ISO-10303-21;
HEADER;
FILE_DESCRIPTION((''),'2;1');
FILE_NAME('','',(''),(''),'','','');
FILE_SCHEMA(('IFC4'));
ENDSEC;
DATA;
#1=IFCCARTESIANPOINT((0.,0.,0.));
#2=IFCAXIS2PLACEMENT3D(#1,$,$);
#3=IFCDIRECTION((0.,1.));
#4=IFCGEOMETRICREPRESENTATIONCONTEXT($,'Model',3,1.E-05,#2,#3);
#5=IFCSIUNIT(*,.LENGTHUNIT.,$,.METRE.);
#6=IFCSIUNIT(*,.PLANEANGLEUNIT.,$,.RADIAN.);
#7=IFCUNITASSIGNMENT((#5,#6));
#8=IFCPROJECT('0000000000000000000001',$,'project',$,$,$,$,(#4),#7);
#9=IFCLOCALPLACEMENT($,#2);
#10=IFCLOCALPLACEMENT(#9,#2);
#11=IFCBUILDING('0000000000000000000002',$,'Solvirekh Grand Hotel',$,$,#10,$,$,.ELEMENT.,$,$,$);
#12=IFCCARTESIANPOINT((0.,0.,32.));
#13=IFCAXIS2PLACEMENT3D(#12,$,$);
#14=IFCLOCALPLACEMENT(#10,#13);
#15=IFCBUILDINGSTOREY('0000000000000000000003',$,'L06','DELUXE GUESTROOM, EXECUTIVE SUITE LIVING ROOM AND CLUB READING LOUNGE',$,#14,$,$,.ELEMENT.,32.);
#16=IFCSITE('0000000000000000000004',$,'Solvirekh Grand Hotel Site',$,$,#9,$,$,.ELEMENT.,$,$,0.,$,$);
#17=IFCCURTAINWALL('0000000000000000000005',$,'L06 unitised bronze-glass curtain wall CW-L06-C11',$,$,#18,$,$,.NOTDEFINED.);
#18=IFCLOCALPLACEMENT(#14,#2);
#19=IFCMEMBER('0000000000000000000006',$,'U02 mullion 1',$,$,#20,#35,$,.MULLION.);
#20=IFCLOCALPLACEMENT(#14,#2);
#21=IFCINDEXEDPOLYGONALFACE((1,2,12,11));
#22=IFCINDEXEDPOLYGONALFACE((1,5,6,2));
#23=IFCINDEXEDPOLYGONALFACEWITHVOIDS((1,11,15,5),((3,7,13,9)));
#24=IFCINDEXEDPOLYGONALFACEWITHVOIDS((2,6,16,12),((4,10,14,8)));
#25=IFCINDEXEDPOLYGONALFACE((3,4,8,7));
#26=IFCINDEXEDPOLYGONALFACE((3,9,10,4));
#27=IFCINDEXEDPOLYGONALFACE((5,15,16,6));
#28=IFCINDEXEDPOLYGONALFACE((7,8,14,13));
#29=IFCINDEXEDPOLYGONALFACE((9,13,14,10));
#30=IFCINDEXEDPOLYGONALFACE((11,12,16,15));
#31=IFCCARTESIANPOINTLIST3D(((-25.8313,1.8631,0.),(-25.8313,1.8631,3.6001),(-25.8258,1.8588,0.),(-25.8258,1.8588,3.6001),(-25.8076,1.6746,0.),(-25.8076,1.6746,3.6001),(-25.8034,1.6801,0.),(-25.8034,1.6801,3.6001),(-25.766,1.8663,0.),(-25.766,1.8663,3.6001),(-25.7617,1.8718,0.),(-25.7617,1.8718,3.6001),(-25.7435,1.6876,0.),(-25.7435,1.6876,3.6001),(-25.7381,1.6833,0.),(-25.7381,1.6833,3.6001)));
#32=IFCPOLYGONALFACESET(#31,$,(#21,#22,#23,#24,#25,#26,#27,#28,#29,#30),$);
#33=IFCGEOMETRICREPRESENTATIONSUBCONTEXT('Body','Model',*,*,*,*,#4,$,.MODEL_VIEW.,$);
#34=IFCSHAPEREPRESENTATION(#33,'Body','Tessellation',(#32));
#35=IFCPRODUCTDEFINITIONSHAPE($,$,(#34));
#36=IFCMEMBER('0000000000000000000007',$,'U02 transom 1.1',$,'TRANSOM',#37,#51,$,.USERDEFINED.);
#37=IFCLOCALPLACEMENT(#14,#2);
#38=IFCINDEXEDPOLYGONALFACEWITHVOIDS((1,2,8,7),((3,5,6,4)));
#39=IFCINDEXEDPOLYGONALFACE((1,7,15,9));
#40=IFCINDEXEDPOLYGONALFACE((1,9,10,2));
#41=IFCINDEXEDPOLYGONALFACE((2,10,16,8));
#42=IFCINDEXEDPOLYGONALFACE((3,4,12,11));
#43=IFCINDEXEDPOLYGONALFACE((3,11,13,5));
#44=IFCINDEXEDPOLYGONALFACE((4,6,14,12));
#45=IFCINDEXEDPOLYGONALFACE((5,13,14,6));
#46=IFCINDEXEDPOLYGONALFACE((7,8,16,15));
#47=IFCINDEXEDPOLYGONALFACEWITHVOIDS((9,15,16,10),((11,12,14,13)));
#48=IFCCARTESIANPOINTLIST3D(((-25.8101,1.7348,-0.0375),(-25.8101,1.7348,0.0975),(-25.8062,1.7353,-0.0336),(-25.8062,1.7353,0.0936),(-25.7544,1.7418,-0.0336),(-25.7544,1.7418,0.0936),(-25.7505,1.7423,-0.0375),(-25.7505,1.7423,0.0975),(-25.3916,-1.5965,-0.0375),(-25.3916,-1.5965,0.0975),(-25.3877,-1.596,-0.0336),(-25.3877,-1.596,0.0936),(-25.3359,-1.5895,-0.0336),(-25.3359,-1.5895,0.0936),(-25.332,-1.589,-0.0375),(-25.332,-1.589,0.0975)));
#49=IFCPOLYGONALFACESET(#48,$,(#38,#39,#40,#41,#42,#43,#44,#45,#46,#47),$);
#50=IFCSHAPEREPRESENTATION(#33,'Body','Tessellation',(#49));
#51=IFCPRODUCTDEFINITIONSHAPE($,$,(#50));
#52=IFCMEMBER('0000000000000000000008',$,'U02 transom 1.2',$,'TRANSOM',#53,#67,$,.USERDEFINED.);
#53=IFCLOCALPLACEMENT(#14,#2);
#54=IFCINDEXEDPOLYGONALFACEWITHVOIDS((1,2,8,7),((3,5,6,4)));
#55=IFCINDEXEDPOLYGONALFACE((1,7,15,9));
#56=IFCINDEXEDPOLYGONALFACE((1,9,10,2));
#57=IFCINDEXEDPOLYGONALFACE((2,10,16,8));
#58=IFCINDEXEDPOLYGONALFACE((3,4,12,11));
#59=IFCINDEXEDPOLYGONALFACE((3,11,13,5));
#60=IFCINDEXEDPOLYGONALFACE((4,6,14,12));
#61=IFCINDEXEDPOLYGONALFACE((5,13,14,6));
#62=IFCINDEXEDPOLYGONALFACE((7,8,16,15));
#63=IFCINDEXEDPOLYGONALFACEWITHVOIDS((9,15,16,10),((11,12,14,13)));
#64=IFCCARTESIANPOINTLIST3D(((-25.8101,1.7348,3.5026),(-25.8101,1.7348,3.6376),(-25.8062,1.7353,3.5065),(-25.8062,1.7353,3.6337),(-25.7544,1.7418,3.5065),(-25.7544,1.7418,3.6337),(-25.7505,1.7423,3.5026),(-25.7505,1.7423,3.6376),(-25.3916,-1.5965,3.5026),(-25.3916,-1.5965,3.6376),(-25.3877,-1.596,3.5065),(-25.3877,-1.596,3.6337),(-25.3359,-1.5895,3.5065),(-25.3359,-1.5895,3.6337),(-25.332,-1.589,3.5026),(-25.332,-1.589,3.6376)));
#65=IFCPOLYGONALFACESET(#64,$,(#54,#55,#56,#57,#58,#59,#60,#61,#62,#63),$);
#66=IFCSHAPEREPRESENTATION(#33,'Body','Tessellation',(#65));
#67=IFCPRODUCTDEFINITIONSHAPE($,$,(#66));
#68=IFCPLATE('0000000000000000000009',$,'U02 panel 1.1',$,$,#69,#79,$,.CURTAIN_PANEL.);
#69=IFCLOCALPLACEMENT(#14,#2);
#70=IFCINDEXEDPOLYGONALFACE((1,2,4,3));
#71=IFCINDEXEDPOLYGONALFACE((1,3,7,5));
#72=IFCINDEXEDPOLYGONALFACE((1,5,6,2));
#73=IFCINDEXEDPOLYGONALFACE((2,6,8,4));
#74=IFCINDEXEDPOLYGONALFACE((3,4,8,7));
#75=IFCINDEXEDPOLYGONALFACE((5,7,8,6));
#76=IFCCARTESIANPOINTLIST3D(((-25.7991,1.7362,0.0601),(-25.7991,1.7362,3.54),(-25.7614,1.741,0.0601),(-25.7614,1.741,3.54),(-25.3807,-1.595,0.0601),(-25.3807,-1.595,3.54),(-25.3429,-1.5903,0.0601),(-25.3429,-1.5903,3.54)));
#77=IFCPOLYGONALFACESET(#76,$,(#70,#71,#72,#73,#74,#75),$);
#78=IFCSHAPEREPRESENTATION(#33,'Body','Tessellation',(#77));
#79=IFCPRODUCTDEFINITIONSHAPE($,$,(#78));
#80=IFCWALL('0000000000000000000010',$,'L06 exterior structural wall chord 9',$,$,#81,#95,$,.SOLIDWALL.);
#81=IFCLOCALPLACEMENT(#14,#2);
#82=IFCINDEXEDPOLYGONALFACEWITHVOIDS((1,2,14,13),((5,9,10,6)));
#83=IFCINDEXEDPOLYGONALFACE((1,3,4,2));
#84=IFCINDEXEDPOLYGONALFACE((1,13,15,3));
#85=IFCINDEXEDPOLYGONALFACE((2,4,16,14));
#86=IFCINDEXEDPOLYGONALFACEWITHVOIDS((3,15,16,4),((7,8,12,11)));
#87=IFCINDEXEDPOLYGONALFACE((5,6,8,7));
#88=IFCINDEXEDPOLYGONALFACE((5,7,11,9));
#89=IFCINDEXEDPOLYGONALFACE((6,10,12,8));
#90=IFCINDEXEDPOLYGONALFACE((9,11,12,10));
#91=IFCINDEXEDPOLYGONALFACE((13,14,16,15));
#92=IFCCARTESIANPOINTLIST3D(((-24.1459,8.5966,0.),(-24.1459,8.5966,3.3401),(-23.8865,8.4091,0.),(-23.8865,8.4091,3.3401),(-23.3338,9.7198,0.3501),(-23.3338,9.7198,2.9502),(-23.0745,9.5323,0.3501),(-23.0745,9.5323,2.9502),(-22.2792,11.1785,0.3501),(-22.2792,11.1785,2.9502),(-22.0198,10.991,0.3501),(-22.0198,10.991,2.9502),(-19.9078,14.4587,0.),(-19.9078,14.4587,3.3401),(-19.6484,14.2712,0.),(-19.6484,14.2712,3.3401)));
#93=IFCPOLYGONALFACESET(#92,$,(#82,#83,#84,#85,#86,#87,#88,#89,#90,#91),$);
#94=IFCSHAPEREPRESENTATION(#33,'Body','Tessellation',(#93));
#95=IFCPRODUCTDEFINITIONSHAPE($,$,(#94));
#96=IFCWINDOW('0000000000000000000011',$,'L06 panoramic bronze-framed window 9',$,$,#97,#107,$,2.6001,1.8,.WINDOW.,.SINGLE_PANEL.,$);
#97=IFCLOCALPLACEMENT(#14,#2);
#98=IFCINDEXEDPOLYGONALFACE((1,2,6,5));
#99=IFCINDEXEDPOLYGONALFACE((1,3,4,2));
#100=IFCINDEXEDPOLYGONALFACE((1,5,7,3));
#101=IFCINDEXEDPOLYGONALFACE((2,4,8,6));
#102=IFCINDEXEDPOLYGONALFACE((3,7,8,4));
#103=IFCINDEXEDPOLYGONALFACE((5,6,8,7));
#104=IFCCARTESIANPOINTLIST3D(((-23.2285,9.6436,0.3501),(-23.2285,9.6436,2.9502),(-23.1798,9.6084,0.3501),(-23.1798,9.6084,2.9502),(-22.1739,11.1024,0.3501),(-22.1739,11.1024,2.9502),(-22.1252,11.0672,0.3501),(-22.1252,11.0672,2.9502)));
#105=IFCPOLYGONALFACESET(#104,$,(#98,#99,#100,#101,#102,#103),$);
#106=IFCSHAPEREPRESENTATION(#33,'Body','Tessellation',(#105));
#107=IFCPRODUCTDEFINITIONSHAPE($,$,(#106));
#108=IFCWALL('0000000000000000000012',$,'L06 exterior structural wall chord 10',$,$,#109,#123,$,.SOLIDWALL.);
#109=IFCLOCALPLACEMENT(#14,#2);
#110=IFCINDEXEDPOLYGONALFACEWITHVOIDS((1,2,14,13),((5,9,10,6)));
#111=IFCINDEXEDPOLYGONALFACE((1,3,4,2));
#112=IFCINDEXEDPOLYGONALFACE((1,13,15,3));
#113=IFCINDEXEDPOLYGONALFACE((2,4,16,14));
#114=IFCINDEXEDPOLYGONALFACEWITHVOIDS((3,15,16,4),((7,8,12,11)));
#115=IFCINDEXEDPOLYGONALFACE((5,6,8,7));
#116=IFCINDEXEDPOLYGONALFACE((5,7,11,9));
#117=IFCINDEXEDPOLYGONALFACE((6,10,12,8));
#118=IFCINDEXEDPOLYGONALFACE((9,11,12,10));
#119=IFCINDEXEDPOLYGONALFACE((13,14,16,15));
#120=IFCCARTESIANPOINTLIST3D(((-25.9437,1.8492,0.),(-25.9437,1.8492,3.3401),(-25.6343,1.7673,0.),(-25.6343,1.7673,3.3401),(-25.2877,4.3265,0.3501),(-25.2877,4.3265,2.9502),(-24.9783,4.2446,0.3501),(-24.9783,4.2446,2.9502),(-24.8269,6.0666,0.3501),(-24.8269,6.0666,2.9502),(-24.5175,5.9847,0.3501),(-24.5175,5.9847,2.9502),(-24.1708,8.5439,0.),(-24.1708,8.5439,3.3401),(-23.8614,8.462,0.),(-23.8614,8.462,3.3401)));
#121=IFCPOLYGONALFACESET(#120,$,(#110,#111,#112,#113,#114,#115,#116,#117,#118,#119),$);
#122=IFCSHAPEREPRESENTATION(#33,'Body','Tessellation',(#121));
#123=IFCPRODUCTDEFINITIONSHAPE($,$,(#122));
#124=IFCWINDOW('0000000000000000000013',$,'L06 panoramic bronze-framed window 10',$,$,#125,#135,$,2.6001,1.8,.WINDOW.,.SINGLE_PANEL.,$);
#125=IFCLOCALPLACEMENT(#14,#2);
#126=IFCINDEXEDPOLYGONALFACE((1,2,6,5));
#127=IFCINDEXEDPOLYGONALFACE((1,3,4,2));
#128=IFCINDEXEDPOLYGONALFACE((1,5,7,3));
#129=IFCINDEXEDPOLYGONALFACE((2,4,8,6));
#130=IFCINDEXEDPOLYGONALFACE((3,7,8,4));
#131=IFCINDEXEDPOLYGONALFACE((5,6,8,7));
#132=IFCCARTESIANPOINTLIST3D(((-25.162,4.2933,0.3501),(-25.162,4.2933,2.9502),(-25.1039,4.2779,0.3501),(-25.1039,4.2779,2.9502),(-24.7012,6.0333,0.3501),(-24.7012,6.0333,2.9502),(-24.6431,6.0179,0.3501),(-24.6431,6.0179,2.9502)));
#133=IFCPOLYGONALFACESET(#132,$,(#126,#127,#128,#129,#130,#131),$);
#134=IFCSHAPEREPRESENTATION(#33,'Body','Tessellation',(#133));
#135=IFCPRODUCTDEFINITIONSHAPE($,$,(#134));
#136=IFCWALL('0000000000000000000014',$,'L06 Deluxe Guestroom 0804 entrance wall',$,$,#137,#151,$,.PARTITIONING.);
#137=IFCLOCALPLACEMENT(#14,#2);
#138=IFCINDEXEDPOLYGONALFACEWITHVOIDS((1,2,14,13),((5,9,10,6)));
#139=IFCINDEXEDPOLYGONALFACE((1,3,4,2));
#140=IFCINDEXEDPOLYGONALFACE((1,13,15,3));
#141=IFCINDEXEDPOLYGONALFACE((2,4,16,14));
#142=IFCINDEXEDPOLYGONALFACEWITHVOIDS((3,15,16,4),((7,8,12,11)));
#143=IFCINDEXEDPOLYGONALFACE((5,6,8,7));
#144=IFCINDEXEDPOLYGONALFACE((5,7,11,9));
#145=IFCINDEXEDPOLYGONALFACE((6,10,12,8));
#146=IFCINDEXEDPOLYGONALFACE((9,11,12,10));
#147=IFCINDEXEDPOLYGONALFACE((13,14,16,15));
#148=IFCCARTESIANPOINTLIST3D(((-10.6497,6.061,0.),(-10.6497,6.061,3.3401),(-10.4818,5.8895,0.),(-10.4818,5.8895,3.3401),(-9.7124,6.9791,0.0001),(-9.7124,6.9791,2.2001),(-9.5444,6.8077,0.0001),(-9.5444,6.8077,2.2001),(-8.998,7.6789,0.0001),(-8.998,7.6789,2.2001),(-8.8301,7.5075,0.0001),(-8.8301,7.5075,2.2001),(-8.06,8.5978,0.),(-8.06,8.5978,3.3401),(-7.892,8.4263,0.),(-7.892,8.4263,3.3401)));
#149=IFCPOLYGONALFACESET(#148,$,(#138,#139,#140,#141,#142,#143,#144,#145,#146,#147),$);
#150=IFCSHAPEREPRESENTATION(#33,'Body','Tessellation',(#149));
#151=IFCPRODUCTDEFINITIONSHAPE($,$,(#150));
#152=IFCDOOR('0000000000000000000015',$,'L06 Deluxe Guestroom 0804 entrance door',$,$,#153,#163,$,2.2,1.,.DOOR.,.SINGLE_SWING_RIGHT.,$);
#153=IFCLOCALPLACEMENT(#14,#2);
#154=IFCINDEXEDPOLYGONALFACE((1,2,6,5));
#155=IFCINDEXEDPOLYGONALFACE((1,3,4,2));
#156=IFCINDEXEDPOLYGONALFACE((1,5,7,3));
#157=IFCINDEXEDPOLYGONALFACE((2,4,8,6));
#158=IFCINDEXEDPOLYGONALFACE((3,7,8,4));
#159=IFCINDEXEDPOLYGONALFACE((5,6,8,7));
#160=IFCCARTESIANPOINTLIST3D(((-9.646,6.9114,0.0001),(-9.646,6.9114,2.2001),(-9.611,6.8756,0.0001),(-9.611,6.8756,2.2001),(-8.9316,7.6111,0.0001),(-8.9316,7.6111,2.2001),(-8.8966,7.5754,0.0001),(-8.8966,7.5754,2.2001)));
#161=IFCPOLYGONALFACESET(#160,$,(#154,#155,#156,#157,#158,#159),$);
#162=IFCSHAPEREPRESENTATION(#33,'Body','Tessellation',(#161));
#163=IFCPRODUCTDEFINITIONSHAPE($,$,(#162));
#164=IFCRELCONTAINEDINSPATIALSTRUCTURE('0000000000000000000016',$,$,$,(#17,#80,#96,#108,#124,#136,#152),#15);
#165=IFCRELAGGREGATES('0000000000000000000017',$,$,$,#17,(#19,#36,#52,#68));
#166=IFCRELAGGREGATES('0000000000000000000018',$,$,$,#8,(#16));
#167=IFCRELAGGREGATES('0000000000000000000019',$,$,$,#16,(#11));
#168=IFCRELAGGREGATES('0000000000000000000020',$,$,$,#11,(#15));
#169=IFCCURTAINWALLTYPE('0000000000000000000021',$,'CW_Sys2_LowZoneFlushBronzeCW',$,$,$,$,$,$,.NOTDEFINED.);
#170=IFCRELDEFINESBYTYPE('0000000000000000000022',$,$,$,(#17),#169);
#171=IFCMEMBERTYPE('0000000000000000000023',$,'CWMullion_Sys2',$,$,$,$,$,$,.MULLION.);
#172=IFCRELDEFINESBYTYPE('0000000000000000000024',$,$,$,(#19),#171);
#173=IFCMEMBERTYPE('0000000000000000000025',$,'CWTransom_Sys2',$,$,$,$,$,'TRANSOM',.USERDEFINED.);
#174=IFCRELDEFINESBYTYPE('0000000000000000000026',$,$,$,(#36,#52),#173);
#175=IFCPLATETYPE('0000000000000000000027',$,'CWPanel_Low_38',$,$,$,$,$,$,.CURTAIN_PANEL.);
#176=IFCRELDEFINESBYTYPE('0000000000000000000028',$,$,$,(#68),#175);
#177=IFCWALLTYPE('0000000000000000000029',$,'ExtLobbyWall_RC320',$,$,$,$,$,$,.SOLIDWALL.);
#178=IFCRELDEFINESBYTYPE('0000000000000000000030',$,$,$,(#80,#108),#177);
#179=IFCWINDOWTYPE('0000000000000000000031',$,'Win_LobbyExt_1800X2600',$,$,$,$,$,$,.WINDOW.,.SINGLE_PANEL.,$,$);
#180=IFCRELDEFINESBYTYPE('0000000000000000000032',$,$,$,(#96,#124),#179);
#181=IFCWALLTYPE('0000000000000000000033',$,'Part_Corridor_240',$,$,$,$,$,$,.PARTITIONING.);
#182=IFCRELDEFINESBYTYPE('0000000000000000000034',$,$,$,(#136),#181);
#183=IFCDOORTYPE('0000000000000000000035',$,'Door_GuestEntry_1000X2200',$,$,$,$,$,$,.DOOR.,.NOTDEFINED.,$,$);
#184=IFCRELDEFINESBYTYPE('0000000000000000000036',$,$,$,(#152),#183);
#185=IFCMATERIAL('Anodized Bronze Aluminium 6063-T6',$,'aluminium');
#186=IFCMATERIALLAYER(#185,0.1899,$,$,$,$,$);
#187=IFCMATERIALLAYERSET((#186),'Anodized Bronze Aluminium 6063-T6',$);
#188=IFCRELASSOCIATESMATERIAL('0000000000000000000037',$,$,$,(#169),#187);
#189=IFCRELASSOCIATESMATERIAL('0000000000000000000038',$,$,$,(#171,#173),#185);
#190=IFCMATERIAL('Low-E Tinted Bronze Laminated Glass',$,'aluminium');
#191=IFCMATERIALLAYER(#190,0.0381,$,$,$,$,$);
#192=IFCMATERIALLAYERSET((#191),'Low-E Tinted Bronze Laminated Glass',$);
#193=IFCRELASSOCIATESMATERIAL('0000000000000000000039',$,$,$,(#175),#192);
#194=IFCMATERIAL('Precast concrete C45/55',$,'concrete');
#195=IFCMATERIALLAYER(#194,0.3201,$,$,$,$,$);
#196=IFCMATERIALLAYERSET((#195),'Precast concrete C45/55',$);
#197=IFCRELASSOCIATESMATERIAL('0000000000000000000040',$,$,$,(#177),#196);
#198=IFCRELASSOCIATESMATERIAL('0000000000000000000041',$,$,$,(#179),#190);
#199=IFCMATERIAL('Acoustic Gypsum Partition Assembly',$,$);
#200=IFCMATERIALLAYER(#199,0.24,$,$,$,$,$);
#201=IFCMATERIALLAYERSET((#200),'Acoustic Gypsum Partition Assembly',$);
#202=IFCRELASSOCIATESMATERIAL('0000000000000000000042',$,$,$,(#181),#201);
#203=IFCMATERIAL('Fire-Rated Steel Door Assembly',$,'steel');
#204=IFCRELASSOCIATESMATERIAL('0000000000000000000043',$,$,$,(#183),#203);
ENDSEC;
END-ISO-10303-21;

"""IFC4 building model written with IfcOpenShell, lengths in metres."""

from ifc_helpers import new_model, si_unit, direction, frame, frame_2d, origin, origin_2d, place, context, subcontext, project, spatial, rectangle, hollow_rectangle, extrude, source, transform, mapped, material, layer, layer_set, material_profile, profile_set, type_object, element, fill, aggregate, save


model = new_model("IFC4")

# Units and contexts
model_context = context("Model", 3, precision=1e-05, world=origin(), true_north=direction((0.0, 1.0)))
body_context = subcontext(model_context, "Body", "Model", "MODEL_VIEW")
ifc_project = project(units=[si_unit("LENGTHUNIT", "METRE"), si_unit("PLANEANGLEUNIT", "RADIAN")], contexts=[model_context])

# Site, building, storey
site_placement = place(None, origin())
site = spatial("IfcSite", under=ifc_project, at=site_placement, Name="Solvirekh Grand Hotel Site", CompositionType="ELEMENT", RefElevation=0.0)
building_placement = place(site_placement, origin())
building = spatial("IfcBuilding", under=site, at=building_placement, Name="Solvirekh Grand Hotel", CompositionType="ELEMENT")
storey_placement = place(building_placement, frame((0.0, 0.0, 32.0)))
storey = spatial("IfcBuildingStorey", under=building, at=storey_placement, Name="L06", Description="DELUXE GUESTROOM, EXECUTIVE SUITE LIVING ROOM AND CLUB READING LOUNGE", CompositionType="ELEMENT", Elevation=32.0)

# Curtain wall, members, plate
ifc_material_1 = material(Name="Anodized Bronze Aluminium 6063-T6", Category="aluminium")
ifc_layer_1 = layer(ifc_material_1, 0.1899)
ifc_layer_set_1 = layer_set([ifc_layer_1], Name="Anodized Bronze Aluminium 6063-T6")
curtain_wall_type = type_object("IfcCurtainWallType", Name="CW_Sys2_LowZoneFlushBronzeCW", PredefinedType="NOTDEFINED", material=ifc_layer_set_1)
curtain_wall_placement = place(storey_placement, origin())
curtain_wall = element("IfcCurtainWall", 1, at=curtain_wall_placement, inside=storey, type_object=curtain_wall_type, Name="L06 unitised bronze-glass curtain wall CW-L06-C11", PredefinedType="NOTDEFINED")
ifc_material_profile_1 = material_profile(ifc_material_1, hollow_rectangle(XDim=0.0701, YDim=0.1899, WallThickness=0.0049, at=origin_2d()), Name="ALU RHS 190X70X5")
ifc_profile_set_1 = profile_set([ifc_material_profile_1], Name="Anodized Bronze Aluminium 6063-T6")
member_type_1 = type_object("IfcMemberType", Name="CWMullion_Sys2", PredefinedType="MULLION", material=ifc_profile_set_1)
shared_shape_1 = source(origin(), body_context, "Body", "SweptSolid", [
    extrude(hollow_rectangle(XDim=0.0701, YDim=0.1899, WallThickness=0.0049, at=origin_2d()), origin(), (0.0, 0.0, 1.0), 3.6001),
])
member_1_placement = place(storey_placement, frame((-25.7847, 1.7732, 0.0), z_axis=(0.0, 0.0, 1.0), x_axis=(0.992204, 0.124621, 0.0)))
member_1 = element("IfcMember", 2, at=member_1_placement, type_object=member_type_1, Name="U02 mullion 1", PredefinedType="MULLION", context=body_context, shape_type="MappedRepresentation", body=[
    mapped(shared_shape_1, transform((0.0, 0.0, 0.0), x_axis=(1.0, 0.0, 0.0), y_axis=(0.0, 1.0, 0.0), z_axis=(0.0, 0.0, 1.0), scale=1.0)),
])
ifc_material_profile_2 = material_profile(ifc_material_1, hollow_rectangle(XDim=0.0601, YDim=0.135, WallThickness=0.0039, at=origin_2d()), Name="ALU RHS 135X60X4")
ifc_profile_set_2 = profile_set([ifc_material_profile_2], Name="Anodized Bronze Aluminium 6063-T6")
member_type_2 = type_object("IfcMemberType", Name="CWTransom_Sys2", ElementType="TRANSOM", PredefinedType="USERDEFINED", material=ifc_profile_set_2)
shared_shape_2 = source(origin(), body_context, "Body", "SweptSolid", [
    extrude(hollow_rectangle(XDim=0.0601, YDim=0.135, WallThickness=0.0039, at=origin_2d()), origin(), (0.0, 0.0, 1.0), 3.3574),
])
member_2_placement = place(storey_placement, frame((-25.7803, 1.7385, 0.03), z_axis=(0.124634, -0.992203, 0.0), x_axis=(0.992203, 0.124634, 0.0)))
member_2 = element("IfcMember", 3, at=member_2_placement, type_object=member_type_2, Name="U02 transom 1.1", ObjectType="TRANSOM", PredefinedType="USERDEFINED", context=body_context, shape_type="MappedRepresentation", body=[
    mapped(shared_shape_2, transform((0.0, 0.0, 0.0), x_axis=(1.0, 0.0, 0.0), y_axis=(0.0, 1.0, 0.0), z_axis=(0.0, 0.0, 1.0), scale=1.0)),
])
member_3_placement = place(storey_placement, frame((-25.7803, 1.7385, 3.5701), z_axis=(0.124634, -0.992203, 0.0), x_axis=(0.992203, 0.124634, 0.0)))
member_3 = element("IfcMember", 4, at=member_3_placement, type_object=member_type_2, Name="U02 transom 1.2", ObjectType="TRANSOM", PredefinedType="USERDEFINED", context=body_context, shape_type="MappedRepresentation", body=[
    mapped(shared_shape_2, transform((0.0, 0.0, 0.0), x_axis=(1.0, 0.0, 0.0), y_axis=(0.0, 1.0, 0.0), z_axis=(0.0, 0.0, 1.0), scale=1.0)),
])
ifc_material_2 = material(Name="Low-E Tinted Bronze Laminated Glass", Category="aluminium")
ifc_layer_2 = layer(ifc_material_2, 0.0381)
ifc_layer_set_2 = layer_set([ifc_layer_2], Name="Low-E Tinted Bronze Laminated Glass")
plate_type = type_object("IfcPlateType", Name="CWPanel_Low_38", PredefinedType="CURTAIN_PANEL", material=ifc_layer_set_2)
shared_shape_3 = source(origin(), body_context, "Body", "SweptSolid", [
    extrude(rectangle(XDim=3.3574, YDim=0.0381, at=origin_2d()), origin(), (0.0, 0.0, 1.0), 3.48),
])
plate_placement = place(storey_placement, frame((-25.571, 0.073, 0.0601), z_axis=(0.0, 0.0, 1.0), x_axis=(0.124621, -0.992204, 0.0)))
plate = element("IfcPlate", 5, at=plate_placement, type_object=plate_type, Name="U02 panel 1.1", PredefinedType="CURTAIN_PANEL", context=body_context, shape_type="MappedRepresentation", body=[
    mapped(shared_shape_3, transform((0.0, 0.0, 0.0), x_axis=(1.0, 0.0, 0.0), y_axis=(0.0, 1.0, 0.0), z_axis=(0.0, 0.0, 1.0), scale=1.0)),
])
aggregate(curtain_wall, [member_1, member_2, member_3, plate])

# Walls, openings, windows
ifc_material_3 = material(Name="Precast concrete C45/55", Category="concrete")
ifc_layer_3 = layer(ifc_material_3, 0.3201)
ifc_layer_set_3 = layer_set([ifc_layer_3], Name="Precast concrete C45/55")
wall_type_1 = type_object("IfcWallType", Name="ExtLobbyWall_RC320", PredefinedType="SOLIDWALL", material=ifc_layer_set_3)
wall_1_placement = place(storey_placement, frame((-24.0161, 8.5029, 0.0), z_axis=(0.0, 0.0, 1.0), x_axis=(0.585884, 0.810395, 0.0)))
wall_1 = element("IfcWall", 6, at=wall_1_placement, inside=storey, type_object=wall_type_1, Name="L06 exterior structural wall chord 9", PredefinedType="SOLIDWALL", context=body_context, shape_type="SweptSolid", body=[
    extrude(rectangle(XDim=7.2336, YDim=0.3201, at=frame_2d((3.6167, 0.0))), origin(), (0.0, 0.0, 1.0), 3.3401),
])
opening_1_placement = place(wall_1_placement, frame((1.386, 0.0, 0.3501)))
opening_1 = element("IfcOpeningElement", 7, at=opening_1_placement, cuts=wall_1, PredefinedType="OPENING", context=body_context, shape_type="SweptSolid", body=[
    extrude(rectangle(XDim=1.8, YDim=2.6001, at=frame_2d((0.8999, 1.3))), frame((0.0, 0.1699, 0.0), z_axis=(0.0, -1.0, 0.0), x_axis=(1.0, 0.0, 0.0)), (0.0, 0.0, 1.0), 0.3401),
])
window_type = type_object("IfcWindowType", Name="Win_LobbyExt_1800X2600", PartitioningType="SINGLE_PANEL", PredefinedType="WINDOW", material=ifc_material_2)
window_1_placement = place(opening_1_placement, origin())
window_1 = element("IfcWindow", 8, at=window_1_placement, inside=storey, type_object=window_type, Name="L06 panoramic bronze-framed window 9", OverallHeight=2.6001, OverallWidth=1.8, PartitioningType="SINGLE_PANEL", PredefinedType="WINDOW", context=body_context, shape_type="SweptSolid", body=[
    extrude(rectangle(XDim=1.8, YDim=2.6001, at=frame_2d((0.8999, 1.3))), frame((0.0, 0.03, 0.0), z_axis=(0.0, -1.0, 0.0), x_axis=(1.0, 0.0, 0.0)), (0.0, 0.0, 1.0), 0.0601),
])
fill(opening_1, window_1)
wall_2_placement = place(storey_placement, frame((-25.7891, 1.8081, 0.0), z_axis=(0.0, 0.0, 1.0), x_axis=(0.255999, 0.966677, 0.0)))
wall_2 = element("IfcWall", 9, at=wall_2_placement, inside=storey, type_object=wall_type_1, Name="L06 exterior structural wall chord 10", PredefinedType="SOLIDWALL", context=body_context, shape_type="SweptSolid", body=[
    extrude(rectangle(XDim=6.9255, YDim=0.3201, at=frame_2d((3.4629, 0.0))), origin(), (0.0, 0.0, 1.0), 3.3401),
])
opening_2_placement = place(wall_2_placement, frame((2.563, 0.0, 0.3501)))
opening_2 = element("IfcOpeningElement", 10, at=opening_2_placement, cuts=wall_2, PredefinedType="OPENING", context=body_context, shape_type="SweptSolid", body=[
    extrude(rectangle(XDim=1.8, YDim=2.6001, at=frame_2d((0.8999, 1.3))), frame((0.0, 0.1699, 0.0), z_axis=(0.0, -1.0, 0.0), x_axis=(1.0, 0.0, 0.0)), (0.0, 0.0, 1.0), 0.3401),
])
window_2_placement = place(opening_2_placement, origin())
window_2 = element("IfcWindow", 11, at=window_2_placement, inside=storey, type_object=window_type, Name="L06 panoramic bronze-framed window 10", OverallHeight=2.6001, OverallWidth=1.8, PartitioningType="SINGLE_PANEL", PredefinedType="WINDOW", context=body_context, shape_type="SweptSolid", body=[
    extrude(rectangle(XDim=1.8, YDim=2.6001, at=frame_2d((0.8999, 1.3))), frame((0.0, 0.03, 0.0), z_axis=(0.0, -1.0, 0.0), x_axis=(1.0, 0.0, 0.0)), (0.0, 0.0, 1.0), 0.0601),
])
fill(opening_2, window_2)

# Wall, opening, door
ifc_material_4 = material(Name="Acoustic Gypsum Partition Assembly")
ifc_layer_4 = layer(ifc_material_4, 0.24)
ifc_layer_set_4 = layer_set([ifc_layer_4], Name="Acoustic Gypsum Partition Assembly")
wall_type_2 = type_object("IfcWallType", Name="Part_Corridor_240", PredefinedType="PARTITIONING", material=ifc_layer_set_4)
wall_3_placement = place(storey_placement, frame((-7.9761, 8.512, 0.0), z_axis=(0.0, 0.0, 1.0), x_axis=(-0.714376, -0.699762, 0.0)))
wall_3 = element("IfcWall", 12, at=wall_3_placement, inside=storey, type_object=wall_type_2, Name="L06 Deluxe Guestroom 0804 entrance wall", PredefinedType="PARTITIONING", context=body_context, shape_type="SweptSolid", body=[
    extrude(rectangle(XDim=3.6252, YDim=0.24, at=frame_2d((1.8125, 0.0))), origin(), (0.0, 0.0, 1.0), 3.3401),
])
opening_3_placement = place(wall_3_placement, frame((1.313, 0.0, 0.0)))
opening_3 = element("IfcOpeningElement", 13, at=opening_3_placement, cuts=wall_3, PredefinedType="OPENING", context=body_context, shape_type="SweptSolid", body=[
    extrude(rectangle(XDim=1.0, YDim=2.2, at=frame_2d((0.5, 1.1001))), frame((0.0, 0.1299, 0.0), z_axis=(0.0, -1.0, 0.0), x_axis=(1.0, 0.0, 0.0)), (0.0, 0.0, 1.0), 0.26),
])
ifc_material_5 = material(Name="Fire-Rated Steel Door Assembly", Category="steel")
door_type_1 = type_object("IfcDoorType", Name="Door_GuestEntry_1000X2200", OperationType="NOTDEFINED", PredefinedType="DOOR", material=ifc_material_5)
door_1_placement = place(opening_3_placement, origin())
door_1 = element("IfcDoor", 14, at=door_1_placement, inside=storey, type_object=door_type_1, Name="L06 Deluxe Guestroom 0804 entrance door", OperationType="SINGLE_SWING_RIGHT", OverallHeight=2.2, OverallWidth=1.0, PredefinedType="DOOR", context=body_context, shape_type="SweptSolid", body=[
    extrude(rectangle(XDim=1.0, YDim=2.2, at=frame_2d((0.5, 1.1001))), frame((0.0, 0.0249, 0.0), z_axis=(0.0, -1.0, 0.0), x_axis=(1.0, 0.0, 0.0)), (0.0, 0.0, 1.0), 0.05),
])
fill(opening_3, door_1)

save(model, "model.ifc")
